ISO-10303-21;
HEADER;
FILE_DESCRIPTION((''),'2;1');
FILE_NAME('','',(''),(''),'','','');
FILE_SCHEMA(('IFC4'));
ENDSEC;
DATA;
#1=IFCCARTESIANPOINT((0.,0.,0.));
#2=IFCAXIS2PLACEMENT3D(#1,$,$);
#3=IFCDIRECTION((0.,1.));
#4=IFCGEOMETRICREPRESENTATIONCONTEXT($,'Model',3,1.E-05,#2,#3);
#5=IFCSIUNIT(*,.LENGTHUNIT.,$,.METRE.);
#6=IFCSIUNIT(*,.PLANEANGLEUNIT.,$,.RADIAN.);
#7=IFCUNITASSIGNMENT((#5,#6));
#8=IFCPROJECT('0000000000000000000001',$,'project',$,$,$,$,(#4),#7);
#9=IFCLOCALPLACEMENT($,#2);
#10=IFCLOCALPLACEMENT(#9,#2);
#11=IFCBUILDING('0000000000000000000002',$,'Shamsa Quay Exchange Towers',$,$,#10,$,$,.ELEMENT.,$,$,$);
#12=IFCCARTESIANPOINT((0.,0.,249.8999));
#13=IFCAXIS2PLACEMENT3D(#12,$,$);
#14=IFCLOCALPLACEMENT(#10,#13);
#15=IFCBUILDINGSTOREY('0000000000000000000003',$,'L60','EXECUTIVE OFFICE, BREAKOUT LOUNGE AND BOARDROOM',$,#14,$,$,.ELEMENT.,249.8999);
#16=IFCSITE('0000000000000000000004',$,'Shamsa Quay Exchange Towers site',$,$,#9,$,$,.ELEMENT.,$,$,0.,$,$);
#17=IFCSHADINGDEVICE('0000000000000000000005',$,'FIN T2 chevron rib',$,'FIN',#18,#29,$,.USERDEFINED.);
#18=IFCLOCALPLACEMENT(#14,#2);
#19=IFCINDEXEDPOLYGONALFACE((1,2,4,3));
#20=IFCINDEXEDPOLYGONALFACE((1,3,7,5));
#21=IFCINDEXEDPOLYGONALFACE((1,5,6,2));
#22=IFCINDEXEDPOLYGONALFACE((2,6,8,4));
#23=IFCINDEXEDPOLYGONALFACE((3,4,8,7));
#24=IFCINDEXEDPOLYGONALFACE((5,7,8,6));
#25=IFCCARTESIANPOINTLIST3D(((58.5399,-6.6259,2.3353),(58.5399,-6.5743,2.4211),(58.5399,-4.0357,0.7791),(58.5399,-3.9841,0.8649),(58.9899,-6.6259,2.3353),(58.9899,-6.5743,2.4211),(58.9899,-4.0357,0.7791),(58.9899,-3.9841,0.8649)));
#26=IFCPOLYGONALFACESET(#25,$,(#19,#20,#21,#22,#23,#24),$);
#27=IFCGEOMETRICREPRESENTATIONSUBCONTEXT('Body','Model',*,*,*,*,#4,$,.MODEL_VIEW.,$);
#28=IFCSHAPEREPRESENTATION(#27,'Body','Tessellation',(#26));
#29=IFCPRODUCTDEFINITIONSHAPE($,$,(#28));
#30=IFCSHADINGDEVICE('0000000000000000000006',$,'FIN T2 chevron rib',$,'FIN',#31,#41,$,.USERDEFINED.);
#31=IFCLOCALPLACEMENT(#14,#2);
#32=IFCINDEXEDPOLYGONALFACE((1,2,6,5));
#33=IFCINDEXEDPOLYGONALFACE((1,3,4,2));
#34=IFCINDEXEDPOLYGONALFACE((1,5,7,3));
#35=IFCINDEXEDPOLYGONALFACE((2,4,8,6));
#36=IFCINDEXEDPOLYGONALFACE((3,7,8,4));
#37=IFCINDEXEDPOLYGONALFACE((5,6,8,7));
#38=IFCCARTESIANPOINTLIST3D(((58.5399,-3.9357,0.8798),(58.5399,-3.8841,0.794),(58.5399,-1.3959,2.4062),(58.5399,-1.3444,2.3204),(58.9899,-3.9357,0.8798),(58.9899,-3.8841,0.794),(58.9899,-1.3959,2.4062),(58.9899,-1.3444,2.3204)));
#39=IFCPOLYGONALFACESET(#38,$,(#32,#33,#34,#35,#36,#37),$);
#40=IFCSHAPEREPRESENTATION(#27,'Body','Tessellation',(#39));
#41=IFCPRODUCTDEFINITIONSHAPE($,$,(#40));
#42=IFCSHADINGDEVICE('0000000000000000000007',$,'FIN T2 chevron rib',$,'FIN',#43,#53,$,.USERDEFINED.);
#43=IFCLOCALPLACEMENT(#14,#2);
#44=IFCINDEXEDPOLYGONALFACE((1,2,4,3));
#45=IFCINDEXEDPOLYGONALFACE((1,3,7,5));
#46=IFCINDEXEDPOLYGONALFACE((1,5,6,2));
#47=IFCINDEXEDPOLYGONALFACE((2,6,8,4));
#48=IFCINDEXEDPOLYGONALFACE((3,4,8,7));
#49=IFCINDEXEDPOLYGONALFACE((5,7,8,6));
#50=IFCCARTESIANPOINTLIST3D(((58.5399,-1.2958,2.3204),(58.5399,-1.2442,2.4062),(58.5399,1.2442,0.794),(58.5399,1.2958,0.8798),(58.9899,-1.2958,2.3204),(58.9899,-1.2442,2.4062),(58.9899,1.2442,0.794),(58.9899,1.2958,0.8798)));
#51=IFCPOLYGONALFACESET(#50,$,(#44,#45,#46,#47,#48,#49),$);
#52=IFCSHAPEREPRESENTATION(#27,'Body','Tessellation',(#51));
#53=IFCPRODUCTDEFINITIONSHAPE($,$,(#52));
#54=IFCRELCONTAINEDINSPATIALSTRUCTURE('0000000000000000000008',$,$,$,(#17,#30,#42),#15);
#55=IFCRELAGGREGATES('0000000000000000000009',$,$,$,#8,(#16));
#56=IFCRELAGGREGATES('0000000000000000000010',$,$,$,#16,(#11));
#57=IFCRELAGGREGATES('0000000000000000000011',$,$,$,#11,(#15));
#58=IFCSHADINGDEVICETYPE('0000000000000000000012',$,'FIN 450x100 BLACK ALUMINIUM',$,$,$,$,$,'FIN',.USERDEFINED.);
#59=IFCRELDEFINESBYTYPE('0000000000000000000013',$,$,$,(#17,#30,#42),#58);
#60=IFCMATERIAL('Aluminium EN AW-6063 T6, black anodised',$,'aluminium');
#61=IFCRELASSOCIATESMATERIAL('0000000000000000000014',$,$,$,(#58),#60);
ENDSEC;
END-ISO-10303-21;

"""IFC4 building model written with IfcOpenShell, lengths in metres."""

from ifc_helpers import new_model, si_unit, direction, frame, origin, origin_2d, place, context, subcontext, project, spatial, rectangle, extrude, material, material_profile, profile_set, type_object, element, save


model = new_model("IFC4")

# Units and contexts
model_context = context("Model", 3, precision=1e-05, world=origin(), true_north=direction((0.0, 1.0)))
body_context = subcontext(model_context, "Body", "Model", "MODEL_VIEW")
ifc_project = project(units=[si_unit("LENGTHUNIT", "METRE"), si_unit("PLANEANGLEUNIT", "RADIAN")], contexts=[model_context])

# Site, building, storey
site_placement = place(None, origin())
site = spatial("IfcSite", under=ifc_project, at=site_placement, Name="Shamsa Quay Exchange Towers site", CompositionType="ELEMENT", RefElevation=0.0)
building_placement = place(site_placement, origin())
building = spatial("IfcBuilding", under=site, at=building_placement, Name="Shamsa Quay Exchange Towers", CompositionType="ELEMENT")
storey_placement = place(building_placement, frame((0.0, 0.0, 249.8999)))
storey = spatial("IfcBuildingStorey", under=building, at=storey_placement, Name="L60", Description="EXECUTIVE OFFICE, BREAKOUT LOUNGE AND BOARDROOM", CompositionType="ELEMENT", Elevation=249.8999)

# Shared definitions
ifc_material_1 = material(Name="Aluminium EN AW-6063 T6, black anodised", Category="aluminium")

# Shading devices
ifc_material_profile_1 = material_profile(ifc_material_1, rectangle(XDim=0.45, YDim=0.1001, at=origin_2d()), Name="FIN450x100")
ifc_profile_set_1 = profile_set([ifc_material_profile_1], Name="Aluminium EN AW-6063 T6, black anodised")
shading_device_type = type_object("IfcShadingDeviceType", Name="FIN 450x100 BLACK ALUMINIUM", ElementType="FIN", PredefinedType="USERDEFINED", material=ifc_profile_set_1)
shading_device_1_placement = place(storey_placement, frame((58.7649, -6.6001, 2.3782), z_axis=(0.0, 0.857186, -0.515007), x_axis=(-1.0, 0.0, 0.0)))
element("IfcShadingDevice", 1, at=shading_device_1_placement, inside=storey, type_object=shading_device_type, Name="FIN T2 chevron rib", ObjectType="FIN", PredefinedType="USERDEFINED", context=body_context, shape_type="SweptSolid", body=[
    extrude(rectangle(XDim=0.45, YDim=0.1001, at=origin_2d()), origin(), (0.0, 0.0, 1.0), 3.0217),
])
shading_device_2_placement = place(storey_placement, frame((58.7649, -3.9099, 0.8369), z_axis=(0.0, 0.857122, 0.515114), x_axis=(-1.0, 0.0, 0.0)))
element("IfcShadingDevice", 2, at=shading_device_2_placement, inside=storey, type_object=shading_device_type, Name="FIN T2 chevron rib", ObjectType="FIN", PredefinedType="USERDEFINED", context=body_context, shape_type="SweptSolid", body=[
    extrude(rectangle(XDim=0.45, YDim=0.1001, at=origin_2d()), origin(), (0.0, 0.0, 1.0), 2.9631),
])
shading_device_3_placement = place(storey_placement, frame((58.7649, -1.27, 2.3633), z_axis=(0.0, 0.857144, -0.515077), x_axis=(-1.0, 0.0, 0.0)))
element("IfcShadingDevice", 3, at=shading_device_3_placement, inside=storey, type_object=shading_device_type, Name="FIN T2 chevron rib", ObjectType="FIN", PredefinedType="USERDEFINED", context=body_context, shape_type="SweptSolid", body=[
    extrude(rectangle(XDim=0.45, YDim=0.1001, at=origin_2d()), origin(), (0.0, 0.0, 1.0), 2.9634),
])

save(model, "model.ifc")
